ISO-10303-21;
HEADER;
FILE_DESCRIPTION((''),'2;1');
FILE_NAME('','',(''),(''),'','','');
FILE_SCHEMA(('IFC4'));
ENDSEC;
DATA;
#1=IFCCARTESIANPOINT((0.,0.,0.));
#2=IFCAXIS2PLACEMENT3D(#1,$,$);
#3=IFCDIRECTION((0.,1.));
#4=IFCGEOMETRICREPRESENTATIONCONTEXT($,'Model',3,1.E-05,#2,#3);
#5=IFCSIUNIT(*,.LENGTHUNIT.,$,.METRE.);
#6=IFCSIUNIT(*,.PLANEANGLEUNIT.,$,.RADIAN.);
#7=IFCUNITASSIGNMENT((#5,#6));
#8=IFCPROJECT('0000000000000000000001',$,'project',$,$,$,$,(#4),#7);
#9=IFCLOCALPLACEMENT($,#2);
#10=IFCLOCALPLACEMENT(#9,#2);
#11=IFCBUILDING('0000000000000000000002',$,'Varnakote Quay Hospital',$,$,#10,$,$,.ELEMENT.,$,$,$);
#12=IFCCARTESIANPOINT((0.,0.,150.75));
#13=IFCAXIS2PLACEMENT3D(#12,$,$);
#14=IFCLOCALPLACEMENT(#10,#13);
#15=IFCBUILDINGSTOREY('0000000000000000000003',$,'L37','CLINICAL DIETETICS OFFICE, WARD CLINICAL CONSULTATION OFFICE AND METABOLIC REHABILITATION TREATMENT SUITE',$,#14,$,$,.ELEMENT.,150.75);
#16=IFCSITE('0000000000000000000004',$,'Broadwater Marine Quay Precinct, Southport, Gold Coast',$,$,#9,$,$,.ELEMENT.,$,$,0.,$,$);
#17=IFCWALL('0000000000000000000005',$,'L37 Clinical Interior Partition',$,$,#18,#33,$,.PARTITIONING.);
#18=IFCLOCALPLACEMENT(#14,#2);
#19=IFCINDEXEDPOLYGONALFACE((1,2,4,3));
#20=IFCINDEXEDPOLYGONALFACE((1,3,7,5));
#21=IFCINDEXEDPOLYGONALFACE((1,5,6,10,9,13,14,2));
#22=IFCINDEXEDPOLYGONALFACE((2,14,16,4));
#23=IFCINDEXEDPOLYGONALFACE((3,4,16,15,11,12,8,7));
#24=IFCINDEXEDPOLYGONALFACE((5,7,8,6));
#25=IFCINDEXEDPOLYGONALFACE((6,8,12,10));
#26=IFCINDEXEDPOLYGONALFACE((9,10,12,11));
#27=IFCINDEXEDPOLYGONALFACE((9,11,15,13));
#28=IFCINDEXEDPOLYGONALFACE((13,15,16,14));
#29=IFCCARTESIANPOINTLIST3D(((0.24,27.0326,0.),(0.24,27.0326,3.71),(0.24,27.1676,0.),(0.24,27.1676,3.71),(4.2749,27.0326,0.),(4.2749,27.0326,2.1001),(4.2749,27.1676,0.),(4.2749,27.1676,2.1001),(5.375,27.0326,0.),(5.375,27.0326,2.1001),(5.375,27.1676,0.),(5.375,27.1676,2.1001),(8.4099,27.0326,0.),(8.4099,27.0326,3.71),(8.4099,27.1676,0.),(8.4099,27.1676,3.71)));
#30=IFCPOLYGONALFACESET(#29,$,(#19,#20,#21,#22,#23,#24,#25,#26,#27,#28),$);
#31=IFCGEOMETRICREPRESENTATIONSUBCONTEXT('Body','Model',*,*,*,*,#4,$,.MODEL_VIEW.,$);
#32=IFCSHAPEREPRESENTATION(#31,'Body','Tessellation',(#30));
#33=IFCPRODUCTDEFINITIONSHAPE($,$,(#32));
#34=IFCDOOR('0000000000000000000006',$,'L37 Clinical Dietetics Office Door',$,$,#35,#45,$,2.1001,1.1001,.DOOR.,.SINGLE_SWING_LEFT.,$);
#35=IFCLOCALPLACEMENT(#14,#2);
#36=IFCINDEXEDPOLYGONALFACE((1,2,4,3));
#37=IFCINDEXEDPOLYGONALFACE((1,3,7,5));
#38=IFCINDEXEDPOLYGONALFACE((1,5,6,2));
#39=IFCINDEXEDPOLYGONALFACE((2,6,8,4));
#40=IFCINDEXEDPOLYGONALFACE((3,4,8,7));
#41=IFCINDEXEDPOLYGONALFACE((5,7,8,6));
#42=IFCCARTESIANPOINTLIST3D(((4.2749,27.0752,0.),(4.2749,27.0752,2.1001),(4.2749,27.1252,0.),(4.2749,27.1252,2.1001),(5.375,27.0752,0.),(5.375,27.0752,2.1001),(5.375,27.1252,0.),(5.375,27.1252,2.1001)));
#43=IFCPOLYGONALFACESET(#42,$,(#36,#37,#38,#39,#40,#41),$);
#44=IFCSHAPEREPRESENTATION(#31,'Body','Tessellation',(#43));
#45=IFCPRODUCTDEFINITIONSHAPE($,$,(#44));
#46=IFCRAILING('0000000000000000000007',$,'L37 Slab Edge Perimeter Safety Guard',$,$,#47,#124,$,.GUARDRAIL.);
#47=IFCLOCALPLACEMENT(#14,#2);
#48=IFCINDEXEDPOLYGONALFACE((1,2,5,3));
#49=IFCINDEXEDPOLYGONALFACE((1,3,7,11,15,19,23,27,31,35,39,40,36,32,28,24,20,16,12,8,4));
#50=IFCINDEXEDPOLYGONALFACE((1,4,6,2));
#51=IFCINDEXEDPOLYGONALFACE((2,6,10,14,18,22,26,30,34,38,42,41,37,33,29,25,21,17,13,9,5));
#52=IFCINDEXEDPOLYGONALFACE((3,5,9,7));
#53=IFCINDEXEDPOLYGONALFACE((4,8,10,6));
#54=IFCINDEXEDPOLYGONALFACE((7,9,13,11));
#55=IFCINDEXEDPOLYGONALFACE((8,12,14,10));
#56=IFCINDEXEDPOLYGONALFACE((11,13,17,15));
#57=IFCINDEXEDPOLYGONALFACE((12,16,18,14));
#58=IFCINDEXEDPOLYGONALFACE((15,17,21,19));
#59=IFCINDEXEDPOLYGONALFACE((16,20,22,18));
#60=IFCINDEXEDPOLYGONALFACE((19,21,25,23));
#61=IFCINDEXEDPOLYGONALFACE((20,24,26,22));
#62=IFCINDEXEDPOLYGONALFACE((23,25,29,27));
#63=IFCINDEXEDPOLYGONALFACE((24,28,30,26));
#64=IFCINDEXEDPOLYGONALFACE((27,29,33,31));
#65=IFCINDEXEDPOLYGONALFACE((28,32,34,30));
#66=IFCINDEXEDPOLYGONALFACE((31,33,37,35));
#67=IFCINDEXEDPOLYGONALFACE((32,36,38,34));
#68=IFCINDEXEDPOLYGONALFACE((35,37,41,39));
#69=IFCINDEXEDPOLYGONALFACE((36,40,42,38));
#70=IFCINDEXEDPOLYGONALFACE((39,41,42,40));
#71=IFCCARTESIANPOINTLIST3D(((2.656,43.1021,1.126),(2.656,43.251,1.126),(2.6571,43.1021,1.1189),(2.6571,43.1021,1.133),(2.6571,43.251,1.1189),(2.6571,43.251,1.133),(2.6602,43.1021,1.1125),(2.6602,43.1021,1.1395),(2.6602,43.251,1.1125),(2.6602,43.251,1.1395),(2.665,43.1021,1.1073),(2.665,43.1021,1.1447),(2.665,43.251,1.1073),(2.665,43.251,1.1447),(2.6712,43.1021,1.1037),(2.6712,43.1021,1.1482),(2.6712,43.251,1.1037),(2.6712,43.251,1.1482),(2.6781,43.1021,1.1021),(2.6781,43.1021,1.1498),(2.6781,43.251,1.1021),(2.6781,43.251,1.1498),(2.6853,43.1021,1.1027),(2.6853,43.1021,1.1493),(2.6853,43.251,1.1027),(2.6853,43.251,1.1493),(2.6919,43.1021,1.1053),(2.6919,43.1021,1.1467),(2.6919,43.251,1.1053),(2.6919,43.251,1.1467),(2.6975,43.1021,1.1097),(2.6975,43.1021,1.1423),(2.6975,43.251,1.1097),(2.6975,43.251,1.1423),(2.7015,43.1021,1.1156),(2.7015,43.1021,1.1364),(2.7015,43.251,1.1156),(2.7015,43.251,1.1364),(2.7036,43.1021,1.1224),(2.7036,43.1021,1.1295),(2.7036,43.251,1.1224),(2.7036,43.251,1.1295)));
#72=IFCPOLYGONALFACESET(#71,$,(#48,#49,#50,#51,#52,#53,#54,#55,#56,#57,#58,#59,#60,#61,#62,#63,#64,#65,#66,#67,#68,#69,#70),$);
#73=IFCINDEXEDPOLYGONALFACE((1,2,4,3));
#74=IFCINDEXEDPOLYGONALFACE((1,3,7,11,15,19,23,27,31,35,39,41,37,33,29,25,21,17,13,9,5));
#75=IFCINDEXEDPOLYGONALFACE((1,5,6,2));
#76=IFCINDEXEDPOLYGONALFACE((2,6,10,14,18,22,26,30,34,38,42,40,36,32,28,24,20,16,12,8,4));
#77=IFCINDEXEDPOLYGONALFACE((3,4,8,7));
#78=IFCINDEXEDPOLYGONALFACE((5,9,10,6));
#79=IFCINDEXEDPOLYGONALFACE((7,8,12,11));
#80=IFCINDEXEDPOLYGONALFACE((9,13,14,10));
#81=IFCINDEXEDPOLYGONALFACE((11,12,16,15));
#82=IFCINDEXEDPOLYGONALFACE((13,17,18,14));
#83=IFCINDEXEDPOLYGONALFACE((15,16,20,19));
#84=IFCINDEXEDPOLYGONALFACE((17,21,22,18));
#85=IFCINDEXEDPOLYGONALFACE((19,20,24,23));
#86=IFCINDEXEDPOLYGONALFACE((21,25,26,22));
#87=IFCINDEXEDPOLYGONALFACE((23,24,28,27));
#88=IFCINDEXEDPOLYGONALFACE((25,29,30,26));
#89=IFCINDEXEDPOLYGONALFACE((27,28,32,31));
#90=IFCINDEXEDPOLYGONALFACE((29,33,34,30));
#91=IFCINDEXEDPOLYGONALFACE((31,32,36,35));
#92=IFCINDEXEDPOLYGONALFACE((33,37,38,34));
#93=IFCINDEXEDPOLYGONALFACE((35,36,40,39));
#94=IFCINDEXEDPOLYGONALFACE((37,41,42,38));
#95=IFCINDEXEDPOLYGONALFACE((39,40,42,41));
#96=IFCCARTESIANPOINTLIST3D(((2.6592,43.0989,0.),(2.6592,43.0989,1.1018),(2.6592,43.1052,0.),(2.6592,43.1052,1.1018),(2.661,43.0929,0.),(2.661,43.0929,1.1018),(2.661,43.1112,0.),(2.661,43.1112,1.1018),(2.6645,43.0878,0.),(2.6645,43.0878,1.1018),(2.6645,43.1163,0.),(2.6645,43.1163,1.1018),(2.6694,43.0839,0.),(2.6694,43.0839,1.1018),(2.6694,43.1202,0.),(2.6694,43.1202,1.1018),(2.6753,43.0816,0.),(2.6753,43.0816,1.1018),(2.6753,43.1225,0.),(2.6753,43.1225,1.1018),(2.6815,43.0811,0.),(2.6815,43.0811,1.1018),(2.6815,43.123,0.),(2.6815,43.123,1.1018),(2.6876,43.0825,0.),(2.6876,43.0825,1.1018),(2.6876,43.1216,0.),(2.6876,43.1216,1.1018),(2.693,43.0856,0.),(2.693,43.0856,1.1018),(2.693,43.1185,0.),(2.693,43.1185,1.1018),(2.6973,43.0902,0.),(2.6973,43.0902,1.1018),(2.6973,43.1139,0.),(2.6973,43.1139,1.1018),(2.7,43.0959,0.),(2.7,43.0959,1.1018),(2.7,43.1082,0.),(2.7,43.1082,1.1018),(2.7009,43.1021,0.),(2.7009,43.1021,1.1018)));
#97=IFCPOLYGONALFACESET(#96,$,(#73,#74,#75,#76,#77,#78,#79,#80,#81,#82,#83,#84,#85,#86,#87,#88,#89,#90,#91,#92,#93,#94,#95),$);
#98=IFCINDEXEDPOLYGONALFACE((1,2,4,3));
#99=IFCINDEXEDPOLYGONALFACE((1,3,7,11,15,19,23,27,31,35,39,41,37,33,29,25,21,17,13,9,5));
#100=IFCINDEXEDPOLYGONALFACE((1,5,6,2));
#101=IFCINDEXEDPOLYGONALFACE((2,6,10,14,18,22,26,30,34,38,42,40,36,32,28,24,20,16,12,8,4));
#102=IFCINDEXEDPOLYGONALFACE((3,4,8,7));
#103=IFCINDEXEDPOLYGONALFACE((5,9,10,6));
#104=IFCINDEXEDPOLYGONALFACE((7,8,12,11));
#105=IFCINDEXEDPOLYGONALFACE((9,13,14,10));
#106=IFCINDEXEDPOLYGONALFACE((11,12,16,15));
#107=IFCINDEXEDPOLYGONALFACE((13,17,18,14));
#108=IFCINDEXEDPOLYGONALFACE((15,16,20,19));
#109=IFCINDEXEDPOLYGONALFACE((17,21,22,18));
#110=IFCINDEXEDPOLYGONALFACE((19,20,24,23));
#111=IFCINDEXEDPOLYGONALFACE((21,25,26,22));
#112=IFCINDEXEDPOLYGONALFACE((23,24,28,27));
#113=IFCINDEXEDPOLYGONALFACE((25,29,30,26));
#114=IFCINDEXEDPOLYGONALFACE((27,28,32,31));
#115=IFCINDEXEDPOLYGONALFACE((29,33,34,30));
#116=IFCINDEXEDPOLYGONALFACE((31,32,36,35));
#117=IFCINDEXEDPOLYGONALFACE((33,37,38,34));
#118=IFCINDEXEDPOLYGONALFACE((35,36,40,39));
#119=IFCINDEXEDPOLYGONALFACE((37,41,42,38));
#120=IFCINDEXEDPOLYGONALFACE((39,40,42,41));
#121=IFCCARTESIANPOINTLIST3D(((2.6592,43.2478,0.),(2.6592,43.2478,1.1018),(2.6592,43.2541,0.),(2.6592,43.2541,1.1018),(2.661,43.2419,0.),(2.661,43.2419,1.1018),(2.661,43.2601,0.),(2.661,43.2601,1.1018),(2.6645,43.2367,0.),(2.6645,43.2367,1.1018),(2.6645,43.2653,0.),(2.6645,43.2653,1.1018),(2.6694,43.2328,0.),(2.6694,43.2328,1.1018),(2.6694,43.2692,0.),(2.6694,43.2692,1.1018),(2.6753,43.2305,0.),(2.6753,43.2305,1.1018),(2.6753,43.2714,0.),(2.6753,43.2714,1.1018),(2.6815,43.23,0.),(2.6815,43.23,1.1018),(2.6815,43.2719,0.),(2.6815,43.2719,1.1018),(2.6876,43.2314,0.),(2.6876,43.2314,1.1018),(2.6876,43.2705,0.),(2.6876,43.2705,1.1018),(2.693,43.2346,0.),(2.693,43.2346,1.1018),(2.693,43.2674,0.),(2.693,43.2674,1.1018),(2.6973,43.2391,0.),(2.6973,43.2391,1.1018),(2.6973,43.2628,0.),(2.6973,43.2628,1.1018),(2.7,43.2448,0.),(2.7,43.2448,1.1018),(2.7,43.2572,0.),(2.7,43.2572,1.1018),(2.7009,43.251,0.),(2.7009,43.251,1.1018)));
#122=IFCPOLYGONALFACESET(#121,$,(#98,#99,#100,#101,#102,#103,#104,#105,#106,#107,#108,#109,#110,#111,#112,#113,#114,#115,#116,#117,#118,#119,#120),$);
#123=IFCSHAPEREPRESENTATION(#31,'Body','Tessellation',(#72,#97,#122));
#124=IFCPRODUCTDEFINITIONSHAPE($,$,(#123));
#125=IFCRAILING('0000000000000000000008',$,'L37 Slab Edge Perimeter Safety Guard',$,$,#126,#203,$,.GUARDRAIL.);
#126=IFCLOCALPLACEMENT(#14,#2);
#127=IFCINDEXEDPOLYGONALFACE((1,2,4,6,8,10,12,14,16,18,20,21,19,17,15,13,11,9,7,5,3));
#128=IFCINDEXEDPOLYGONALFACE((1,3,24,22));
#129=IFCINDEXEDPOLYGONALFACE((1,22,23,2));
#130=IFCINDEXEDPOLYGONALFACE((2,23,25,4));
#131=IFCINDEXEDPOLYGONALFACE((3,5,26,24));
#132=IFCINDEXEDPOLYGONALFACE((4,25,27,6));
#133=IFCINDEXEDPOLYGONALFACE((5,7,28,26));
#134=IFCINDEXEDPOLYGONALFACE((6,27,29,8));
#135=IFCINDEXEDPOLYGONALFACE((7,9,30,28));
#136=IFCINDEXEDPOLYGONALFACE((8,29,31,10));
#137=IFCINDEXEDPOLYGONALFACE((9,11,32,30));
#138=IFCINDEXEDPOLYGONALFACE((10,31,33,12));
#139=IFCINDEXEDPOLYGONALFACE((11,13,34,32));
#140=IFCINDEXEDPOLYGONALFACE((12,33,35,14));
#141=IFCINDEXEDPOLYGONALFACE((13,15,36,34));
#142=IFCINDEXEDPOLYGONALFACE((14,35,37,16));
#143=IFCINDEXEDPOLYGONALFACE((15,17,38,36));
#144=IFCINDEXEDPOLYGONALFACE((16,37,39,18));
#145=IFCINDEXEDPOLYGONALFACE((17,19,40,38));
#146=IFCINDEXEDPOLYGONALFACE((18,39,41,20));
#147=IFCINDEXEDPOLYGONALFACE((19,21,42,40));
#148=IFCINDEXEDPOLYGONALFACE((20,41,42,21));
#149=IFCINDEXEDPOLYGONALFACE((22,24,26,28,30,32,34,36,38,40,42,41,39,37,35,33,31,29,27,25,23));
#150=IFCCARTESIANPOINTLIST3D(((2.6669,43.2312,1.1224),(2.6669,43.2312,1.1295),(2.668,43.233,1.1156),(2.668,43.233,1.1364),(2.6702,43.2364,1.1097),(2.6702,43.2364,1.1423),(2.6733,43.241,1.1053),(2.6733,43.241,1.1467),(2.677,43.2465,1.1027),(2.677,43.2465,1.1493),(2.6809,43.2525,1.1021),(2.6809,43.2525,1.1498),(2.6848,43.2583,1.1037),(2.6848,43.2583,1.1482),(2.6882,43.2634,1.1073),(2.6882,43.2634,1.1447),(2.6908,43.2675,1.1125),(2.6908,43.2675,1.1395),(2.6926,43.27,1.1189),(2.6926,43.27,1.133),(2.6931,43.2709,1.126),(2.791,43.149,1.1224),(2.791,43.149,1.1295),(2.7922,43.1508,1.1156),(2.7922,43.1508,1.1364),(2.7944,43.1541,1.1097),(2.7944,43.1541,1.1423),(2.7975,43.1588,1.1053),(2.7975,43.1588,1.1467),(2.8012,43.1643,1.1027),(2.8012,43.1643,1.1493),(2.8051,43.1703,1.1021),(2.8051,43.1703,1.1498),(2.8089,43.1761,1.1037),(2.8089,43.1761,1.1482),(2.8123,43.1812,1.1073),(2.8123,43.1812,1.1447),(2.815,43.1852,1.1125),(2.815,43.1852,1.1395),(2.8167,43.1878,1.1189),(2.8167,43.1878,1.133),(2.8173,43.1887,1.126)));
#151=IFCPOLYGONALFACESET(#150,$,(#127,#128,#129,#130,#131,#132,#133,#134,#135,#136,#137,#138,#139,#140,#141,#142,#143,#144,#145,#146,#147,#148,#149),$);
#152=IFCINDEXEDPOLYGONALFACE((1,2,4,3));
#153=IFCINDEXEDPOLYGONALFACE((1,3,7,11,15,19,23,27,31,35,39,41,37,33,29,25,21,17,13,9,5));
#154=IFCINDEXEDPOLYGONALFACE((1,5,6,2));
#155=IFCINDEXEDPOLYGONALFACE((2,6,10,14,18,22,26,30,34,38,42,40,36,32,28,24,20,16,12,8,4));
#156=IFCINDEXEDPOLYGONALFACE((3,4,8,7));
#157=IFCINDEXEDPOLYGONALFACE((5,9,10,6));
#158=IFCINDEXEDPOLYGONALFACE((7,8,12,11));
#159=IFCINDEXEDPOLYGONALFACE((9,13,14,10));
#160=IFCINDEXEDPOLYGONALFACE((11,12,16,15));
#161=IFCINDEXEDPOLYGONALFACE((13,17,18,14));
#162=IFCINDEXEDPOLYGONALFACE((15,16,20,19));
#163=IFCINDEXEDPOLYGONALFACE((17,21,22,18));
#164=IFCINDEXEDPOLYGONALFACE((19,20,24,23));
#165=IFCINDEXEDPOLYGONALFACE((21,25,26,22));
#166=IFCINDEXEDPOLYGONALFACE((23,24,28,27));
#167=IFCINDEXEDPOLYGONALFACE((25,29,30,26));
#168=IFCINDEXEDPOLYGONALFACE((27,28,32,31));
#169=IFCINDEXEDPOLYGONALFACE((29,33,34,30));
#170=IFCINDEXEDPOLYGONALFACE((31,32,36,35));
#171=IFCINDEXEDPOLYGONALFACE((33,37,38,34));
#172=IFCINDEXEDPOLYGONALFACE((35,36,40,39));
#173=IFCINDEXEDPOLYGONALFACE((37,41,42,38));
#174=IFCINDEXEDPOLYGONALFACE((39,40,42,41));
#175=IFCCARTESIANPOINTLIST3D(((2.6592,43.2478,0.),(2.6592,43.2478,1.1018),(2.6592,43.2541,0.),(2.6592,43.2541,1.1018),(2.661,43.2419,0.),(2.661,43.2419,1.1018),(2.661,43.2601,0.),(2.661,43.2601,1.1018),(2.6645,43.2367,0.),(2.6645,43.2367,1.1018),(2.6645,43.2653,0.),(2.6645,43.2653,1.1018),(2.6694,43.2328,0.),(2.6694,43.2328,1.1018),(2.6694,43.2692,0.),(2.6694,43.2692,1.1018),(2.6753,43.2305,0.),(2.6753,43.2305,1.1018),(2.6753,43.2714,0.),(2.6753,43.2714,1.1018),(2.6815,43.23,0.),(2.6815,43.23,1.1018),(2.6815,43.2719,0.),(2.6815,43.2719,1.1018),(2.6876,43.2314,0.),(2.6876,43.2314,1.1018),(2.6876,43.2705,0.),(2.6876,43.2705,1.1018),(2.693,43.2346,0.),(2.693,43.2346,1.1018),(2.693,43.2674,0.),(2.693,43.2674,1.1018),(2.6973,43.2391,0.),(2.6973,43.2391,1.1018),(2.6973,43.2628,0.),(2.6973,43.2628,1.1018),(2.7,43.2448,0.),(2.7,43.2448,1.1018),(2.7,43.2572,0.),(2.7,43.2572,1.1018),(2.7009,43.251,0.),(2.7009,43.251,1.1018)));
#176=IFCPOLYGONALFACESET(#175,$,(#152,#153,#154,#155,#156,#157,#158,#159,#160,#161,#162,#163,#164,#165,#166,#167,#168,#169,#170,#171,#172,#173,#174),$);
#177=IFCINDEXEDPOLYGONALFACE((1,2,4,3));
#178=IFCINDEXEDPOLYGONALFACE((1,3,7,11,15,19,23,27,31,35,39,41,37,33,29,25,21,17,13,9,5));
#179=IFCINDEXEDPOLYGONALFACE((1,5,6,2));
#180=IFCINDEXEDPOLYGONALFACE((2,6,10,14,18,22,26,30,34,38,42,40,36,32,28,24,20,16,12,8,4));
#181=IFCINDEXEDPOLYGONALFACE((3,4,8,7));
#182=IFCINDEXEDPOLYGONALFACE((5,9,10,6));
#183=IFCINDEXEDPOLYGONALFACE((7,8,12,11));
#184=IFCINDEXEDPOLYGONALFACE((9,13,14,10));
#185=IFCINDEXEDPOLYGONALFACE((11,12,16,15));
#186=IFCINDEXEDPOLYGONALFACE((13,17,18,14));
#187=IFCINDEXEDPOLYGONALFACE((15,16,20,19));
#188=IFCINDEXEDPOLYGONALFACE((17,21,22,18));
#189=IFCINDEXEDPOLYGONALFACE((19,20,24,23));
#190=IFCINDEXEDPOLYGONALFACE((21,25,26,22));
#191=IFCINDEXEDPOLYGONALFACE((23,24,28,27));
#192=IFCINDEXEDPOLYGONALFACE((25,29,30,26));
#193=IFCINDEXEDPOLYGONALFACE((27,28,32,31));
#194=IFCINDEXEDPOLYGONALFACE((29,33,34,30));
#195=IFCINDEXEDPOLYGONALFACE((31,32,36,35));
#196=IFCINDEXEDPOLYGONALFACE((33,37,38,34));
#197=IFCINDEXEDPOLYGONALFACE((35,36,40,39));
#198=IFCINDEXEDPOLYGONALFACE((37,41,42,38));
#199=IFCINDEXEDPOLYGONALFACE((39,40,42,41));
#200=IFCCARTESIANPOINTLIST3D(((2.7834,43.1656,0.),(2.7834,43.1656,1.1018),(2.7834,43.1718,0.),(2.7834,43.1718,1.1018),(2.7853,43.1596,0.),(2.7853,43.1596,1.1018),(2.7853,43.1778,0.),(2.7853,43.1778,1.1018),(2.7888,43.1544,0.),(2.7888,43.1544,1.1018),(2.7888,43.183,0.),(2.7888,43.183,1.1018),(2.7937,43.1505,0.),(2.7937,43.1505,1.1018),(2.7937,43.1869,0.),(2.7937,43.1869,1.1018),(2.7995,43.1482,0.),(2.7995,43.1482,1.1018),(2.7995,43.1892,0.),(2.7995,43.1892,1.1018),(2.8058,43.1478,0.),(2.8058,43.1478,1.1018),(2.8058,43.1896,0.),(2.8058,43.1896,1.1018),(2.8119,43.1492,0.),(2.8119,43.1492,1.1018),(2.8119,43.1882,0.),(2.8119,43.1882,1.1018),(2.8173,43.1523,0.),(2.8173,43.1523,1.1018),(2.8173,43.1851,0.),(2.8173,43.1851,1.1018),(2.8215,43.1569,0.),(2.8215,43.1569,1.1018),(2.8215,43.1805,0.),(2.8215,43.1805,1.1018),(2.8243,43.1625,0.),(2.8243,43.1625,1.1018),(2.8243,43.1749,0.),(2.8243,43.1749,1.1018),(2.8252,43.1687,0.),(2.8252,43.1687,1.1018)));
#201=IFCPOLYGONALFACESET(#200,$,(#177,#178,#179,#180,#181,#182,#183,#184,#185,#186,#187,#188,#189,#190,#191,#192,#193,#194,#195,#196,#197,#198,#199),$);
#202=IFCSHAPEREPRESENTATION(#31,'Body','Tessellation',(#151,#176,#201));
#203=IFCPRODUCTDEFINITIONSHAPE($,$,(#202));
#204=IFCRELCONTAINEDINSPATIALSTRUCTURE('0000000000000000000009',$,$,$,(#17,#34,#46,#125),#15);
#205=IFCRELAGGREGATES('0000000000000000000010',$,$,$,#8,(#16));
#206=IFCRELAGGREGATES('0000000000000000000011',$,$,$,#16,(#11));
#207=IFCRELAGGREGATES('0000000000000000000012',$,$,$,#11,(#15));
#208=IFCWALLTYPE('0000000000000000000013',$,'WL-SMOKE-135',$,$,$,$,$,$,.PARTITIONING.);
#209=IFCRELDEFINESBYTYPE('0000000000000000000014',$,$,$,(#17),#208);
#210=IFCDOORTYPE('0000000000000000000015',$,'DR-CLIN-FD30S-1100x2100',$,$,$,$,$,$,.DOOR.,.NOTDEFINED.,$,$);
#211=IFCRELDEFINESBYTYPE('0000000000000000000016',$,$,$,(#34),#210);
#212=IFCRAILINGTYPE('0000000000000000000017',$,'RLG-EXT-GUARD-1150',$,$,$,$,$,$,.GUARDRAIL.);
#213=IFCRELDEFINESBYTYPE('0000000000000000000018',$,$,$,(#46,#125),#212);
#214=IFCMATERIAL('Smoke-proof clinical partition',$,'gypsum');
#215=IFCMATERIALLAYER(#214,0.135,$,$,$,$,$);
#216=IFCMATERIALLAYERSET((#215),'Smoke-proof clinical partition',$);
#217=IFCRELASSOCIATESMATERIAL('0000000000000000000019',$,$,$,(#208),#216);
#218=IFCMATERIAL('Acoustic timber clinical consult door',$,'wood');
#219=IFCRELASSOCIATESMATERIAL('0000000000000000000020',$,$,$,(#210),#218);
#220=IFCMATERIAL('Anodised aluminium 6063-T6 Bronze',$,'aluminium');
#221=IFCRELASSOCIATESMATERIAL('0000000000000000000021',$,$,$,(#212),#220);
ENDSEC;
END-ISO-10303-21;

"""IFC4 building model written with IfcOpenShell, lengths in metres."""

from ifc_helpers import new_model, si_unit, direction, frame, frame_2d, origin, origin_2d, place, context, subcontext, project, spatial, rectangle, circle, extrude, material, layer, layer_set, type_object, element, fill, save


model = new_model("IFC4")

# Units and contexts
model_context = context("Model", 3, precision=1e-05, world=origin(), true_north=direction((0.0, 1.0)))
body_context = subcontext(model_context, "Body", "Model", "MODEL_VIEW")
ifc_project = project(units=[si_unit("LENGTHUNIT", "METRE"), si_unit("PLANEANGLEUNIT", "RADIAN")], contexts=[model_context])

# Site, building, storey
site_placement = place(None, origin())
site = spatial("IfcSite", under=ifc_project, at=site_placement, Name="Broadwater Marine Quay Precinct, Southport, Gold Coast", CompositionType="ELEMENT", RefElevation=0.0)
building_placement = place(site_placement, origin())
building = spatial("IfcBuilding", under=site, at=building_placement, Name="Varnakote Quay Hospital", CompositionType="ELEMENT")
storey_placement = place(building_placement, frame((0.0, 0.0, 150.75)))
storey = spatial("IfcBuildingStorey", under=building, at=storey_placement, Name="L37", Description="CLINICAL DIETETICS OFFICE, WARD CLINICAL CONSULTATION OFFICE AND METABOLIC REHABILITATION TREATMENT SUITE", CompositionType="ELEMENT", Elevation=150.75)

# Shared definitions
ifc_material_1 = material(Name="Smoke-proof clinical partition", Category="gypsum")
ifc_layer_1 = layer(ifc_material_1, 0.135)
ifc_layer_set_1 = layer_set([ifc_layer_1], Name="Smoke-proof clinical partition")
wall_type_1 = type_object("IfcWallType", Name="WL-SMOKE-135", PredefinedType="PARTITIONING", material=ifc_layer_set_1)

# Wall, opening, door
wall_1_placement = place(storey_placement, frame((8.4099, 27.1001, 0.0), z_axis=(0.0, 0.0, 1.0), x_axis=(-1.0, 0.0, 0.0)))
wall_1 = element("IfcWall", 1, at=wall_1_placement, inside=storey, type_object=wall_type_1, Name="L37 Clinical Interior Partition", PredefinedType="PARTITIONING", context=body_context, shape_type="SweptSolid", body=[
    extrude(rectangle(XDim=8.1699, YDim=0.135, at=frame_2d((4.085, 0.0))), origin(), (0.0, 0.0, 1.0), 3.71),
])
opening_1_placement = place(wall_1_placement, frame((3.0349, 0.0, 0.0)))
opening_1 = element("IfcOpeningElement", 2, at=opening_1_placement, cuts=wall_1, PredefinedType="OPENING", context=body_context, shape_type="SweptSolid", body=[
    extrude(rectangle(XDim=1.1001, YDim=2.1001, at=frame_2d((0.55, 1.05))), frame((0.0, 0.0774, 0.0), z_axis=(0.0, -1.0, 0.0), x_axis=(1.0, 0.0, 0.0)), (0.0, 0.0, 1.0), 0.155),
])
ifc_material_2 = material(Name="Acoustic timber clinical consult door", Category="wood")
door_type = type_object("IfcDoorType", Name="DR-CLIN-FD30S-1100x2100", OperationType="NOTDEFINED", PredefinedType="DOOR", material=ifc_material_2)
door_placement = place(opening_1_placement, origin())
door = element("IfcDoor", 3, at=door_placement, inside=storey, type_object=door_type, Name="L37 Clinical Dietetics Office Door", OperationType="SINGLE_SWING_LEFT", OverallHeight=2.1001, OverallWidth=1.1001, PredefinedType="DOOR", context=body_context, shape_type="SweptSolid", body=[
    extrude(rectangle(XDim=1.1001, YDim=2.1001, at=frame_2d((0.55, 1.05))), frame((0.0, 0.0249, 0.0), z_axis=(0.0, -1.0, 0.0), x_axis=(1.0, 0.0, 0.0)), (0.0, 0.0, 1.0), 0.05),
])
fill(opening_1, door)

# Railings
ifc_material_3 = material(Name="Anodised aluminium 6063-T6 Bronze", Category="aluminium")
railing_type = type_object("IfcRailingType", Name="RLG-EXT-GUARD-1150", PredefinedType="GUARDRAIL", material=ifc_material_3)
railing_1_placement = place(storey_placement, frame((2.6799, 43.1021, 0.0)))
element("IfcRailing", 4, at=railing_1_placement, inside=storey, type_object=railing_type, Name="L37 Slab Edge Perimeter Safety Guard", PredefinedType="GUARDRAIL", context=body_context, shape_type="SweptSolid", body=[
    extrude(circle(Radius=0.0239, at=origin_2d()), frame((0.0, 0.0, 1.126), z_axis=(0.0, 1.0, 0.0), x_axis=(-1.0, 0.0, 0.0)), (0.0, 0.0, 1.0), 0.1489),
    extrude(circle(Radius=0.021, at=origin_2d()), origin(), (0.0, 0.0, 1.0), 1.1018),
    extrude(circle(Radius=0.021, at=origin_2d()), frame((0.0, 0.1489, 0.0)), (0.0, 0.0, 1.0), 1.1018),
])
railing_2_placement = place(storey_placement, frame((2.6799, 43.251, 0.0)))
element("IfcRailing", 5, at=railing_2_placement, inside=storey, type_object=railing_type, Name="L37 Slab Edge Perimeter Safety Guard", PredefinedType="GUARDRAIL", context=body_context, shape_type="SweptSolid", body=[
    extrude(circle(Radius=0.0239, at=origin_2d()), frame((0.0, 0.0, 1.126), z_axis=(0.83381, -0.552051, 0.0), x_axis=(0.552051, 0.83381, 0.0)), (0.0, 0.0, 1.0), 0.1489),
    extrude(circle(Radius=0.021, at=origin_2d()), origin(), (0.0, 0.0, 1.0), 1.1018),
    extrude(circle(Radius=0.021, at=origin_2d()), frame((0.1243, -0.0823, 0.0)), (0.0, 0.0, 1.0), 1.1018),
])

save(model, "model.ifc")
